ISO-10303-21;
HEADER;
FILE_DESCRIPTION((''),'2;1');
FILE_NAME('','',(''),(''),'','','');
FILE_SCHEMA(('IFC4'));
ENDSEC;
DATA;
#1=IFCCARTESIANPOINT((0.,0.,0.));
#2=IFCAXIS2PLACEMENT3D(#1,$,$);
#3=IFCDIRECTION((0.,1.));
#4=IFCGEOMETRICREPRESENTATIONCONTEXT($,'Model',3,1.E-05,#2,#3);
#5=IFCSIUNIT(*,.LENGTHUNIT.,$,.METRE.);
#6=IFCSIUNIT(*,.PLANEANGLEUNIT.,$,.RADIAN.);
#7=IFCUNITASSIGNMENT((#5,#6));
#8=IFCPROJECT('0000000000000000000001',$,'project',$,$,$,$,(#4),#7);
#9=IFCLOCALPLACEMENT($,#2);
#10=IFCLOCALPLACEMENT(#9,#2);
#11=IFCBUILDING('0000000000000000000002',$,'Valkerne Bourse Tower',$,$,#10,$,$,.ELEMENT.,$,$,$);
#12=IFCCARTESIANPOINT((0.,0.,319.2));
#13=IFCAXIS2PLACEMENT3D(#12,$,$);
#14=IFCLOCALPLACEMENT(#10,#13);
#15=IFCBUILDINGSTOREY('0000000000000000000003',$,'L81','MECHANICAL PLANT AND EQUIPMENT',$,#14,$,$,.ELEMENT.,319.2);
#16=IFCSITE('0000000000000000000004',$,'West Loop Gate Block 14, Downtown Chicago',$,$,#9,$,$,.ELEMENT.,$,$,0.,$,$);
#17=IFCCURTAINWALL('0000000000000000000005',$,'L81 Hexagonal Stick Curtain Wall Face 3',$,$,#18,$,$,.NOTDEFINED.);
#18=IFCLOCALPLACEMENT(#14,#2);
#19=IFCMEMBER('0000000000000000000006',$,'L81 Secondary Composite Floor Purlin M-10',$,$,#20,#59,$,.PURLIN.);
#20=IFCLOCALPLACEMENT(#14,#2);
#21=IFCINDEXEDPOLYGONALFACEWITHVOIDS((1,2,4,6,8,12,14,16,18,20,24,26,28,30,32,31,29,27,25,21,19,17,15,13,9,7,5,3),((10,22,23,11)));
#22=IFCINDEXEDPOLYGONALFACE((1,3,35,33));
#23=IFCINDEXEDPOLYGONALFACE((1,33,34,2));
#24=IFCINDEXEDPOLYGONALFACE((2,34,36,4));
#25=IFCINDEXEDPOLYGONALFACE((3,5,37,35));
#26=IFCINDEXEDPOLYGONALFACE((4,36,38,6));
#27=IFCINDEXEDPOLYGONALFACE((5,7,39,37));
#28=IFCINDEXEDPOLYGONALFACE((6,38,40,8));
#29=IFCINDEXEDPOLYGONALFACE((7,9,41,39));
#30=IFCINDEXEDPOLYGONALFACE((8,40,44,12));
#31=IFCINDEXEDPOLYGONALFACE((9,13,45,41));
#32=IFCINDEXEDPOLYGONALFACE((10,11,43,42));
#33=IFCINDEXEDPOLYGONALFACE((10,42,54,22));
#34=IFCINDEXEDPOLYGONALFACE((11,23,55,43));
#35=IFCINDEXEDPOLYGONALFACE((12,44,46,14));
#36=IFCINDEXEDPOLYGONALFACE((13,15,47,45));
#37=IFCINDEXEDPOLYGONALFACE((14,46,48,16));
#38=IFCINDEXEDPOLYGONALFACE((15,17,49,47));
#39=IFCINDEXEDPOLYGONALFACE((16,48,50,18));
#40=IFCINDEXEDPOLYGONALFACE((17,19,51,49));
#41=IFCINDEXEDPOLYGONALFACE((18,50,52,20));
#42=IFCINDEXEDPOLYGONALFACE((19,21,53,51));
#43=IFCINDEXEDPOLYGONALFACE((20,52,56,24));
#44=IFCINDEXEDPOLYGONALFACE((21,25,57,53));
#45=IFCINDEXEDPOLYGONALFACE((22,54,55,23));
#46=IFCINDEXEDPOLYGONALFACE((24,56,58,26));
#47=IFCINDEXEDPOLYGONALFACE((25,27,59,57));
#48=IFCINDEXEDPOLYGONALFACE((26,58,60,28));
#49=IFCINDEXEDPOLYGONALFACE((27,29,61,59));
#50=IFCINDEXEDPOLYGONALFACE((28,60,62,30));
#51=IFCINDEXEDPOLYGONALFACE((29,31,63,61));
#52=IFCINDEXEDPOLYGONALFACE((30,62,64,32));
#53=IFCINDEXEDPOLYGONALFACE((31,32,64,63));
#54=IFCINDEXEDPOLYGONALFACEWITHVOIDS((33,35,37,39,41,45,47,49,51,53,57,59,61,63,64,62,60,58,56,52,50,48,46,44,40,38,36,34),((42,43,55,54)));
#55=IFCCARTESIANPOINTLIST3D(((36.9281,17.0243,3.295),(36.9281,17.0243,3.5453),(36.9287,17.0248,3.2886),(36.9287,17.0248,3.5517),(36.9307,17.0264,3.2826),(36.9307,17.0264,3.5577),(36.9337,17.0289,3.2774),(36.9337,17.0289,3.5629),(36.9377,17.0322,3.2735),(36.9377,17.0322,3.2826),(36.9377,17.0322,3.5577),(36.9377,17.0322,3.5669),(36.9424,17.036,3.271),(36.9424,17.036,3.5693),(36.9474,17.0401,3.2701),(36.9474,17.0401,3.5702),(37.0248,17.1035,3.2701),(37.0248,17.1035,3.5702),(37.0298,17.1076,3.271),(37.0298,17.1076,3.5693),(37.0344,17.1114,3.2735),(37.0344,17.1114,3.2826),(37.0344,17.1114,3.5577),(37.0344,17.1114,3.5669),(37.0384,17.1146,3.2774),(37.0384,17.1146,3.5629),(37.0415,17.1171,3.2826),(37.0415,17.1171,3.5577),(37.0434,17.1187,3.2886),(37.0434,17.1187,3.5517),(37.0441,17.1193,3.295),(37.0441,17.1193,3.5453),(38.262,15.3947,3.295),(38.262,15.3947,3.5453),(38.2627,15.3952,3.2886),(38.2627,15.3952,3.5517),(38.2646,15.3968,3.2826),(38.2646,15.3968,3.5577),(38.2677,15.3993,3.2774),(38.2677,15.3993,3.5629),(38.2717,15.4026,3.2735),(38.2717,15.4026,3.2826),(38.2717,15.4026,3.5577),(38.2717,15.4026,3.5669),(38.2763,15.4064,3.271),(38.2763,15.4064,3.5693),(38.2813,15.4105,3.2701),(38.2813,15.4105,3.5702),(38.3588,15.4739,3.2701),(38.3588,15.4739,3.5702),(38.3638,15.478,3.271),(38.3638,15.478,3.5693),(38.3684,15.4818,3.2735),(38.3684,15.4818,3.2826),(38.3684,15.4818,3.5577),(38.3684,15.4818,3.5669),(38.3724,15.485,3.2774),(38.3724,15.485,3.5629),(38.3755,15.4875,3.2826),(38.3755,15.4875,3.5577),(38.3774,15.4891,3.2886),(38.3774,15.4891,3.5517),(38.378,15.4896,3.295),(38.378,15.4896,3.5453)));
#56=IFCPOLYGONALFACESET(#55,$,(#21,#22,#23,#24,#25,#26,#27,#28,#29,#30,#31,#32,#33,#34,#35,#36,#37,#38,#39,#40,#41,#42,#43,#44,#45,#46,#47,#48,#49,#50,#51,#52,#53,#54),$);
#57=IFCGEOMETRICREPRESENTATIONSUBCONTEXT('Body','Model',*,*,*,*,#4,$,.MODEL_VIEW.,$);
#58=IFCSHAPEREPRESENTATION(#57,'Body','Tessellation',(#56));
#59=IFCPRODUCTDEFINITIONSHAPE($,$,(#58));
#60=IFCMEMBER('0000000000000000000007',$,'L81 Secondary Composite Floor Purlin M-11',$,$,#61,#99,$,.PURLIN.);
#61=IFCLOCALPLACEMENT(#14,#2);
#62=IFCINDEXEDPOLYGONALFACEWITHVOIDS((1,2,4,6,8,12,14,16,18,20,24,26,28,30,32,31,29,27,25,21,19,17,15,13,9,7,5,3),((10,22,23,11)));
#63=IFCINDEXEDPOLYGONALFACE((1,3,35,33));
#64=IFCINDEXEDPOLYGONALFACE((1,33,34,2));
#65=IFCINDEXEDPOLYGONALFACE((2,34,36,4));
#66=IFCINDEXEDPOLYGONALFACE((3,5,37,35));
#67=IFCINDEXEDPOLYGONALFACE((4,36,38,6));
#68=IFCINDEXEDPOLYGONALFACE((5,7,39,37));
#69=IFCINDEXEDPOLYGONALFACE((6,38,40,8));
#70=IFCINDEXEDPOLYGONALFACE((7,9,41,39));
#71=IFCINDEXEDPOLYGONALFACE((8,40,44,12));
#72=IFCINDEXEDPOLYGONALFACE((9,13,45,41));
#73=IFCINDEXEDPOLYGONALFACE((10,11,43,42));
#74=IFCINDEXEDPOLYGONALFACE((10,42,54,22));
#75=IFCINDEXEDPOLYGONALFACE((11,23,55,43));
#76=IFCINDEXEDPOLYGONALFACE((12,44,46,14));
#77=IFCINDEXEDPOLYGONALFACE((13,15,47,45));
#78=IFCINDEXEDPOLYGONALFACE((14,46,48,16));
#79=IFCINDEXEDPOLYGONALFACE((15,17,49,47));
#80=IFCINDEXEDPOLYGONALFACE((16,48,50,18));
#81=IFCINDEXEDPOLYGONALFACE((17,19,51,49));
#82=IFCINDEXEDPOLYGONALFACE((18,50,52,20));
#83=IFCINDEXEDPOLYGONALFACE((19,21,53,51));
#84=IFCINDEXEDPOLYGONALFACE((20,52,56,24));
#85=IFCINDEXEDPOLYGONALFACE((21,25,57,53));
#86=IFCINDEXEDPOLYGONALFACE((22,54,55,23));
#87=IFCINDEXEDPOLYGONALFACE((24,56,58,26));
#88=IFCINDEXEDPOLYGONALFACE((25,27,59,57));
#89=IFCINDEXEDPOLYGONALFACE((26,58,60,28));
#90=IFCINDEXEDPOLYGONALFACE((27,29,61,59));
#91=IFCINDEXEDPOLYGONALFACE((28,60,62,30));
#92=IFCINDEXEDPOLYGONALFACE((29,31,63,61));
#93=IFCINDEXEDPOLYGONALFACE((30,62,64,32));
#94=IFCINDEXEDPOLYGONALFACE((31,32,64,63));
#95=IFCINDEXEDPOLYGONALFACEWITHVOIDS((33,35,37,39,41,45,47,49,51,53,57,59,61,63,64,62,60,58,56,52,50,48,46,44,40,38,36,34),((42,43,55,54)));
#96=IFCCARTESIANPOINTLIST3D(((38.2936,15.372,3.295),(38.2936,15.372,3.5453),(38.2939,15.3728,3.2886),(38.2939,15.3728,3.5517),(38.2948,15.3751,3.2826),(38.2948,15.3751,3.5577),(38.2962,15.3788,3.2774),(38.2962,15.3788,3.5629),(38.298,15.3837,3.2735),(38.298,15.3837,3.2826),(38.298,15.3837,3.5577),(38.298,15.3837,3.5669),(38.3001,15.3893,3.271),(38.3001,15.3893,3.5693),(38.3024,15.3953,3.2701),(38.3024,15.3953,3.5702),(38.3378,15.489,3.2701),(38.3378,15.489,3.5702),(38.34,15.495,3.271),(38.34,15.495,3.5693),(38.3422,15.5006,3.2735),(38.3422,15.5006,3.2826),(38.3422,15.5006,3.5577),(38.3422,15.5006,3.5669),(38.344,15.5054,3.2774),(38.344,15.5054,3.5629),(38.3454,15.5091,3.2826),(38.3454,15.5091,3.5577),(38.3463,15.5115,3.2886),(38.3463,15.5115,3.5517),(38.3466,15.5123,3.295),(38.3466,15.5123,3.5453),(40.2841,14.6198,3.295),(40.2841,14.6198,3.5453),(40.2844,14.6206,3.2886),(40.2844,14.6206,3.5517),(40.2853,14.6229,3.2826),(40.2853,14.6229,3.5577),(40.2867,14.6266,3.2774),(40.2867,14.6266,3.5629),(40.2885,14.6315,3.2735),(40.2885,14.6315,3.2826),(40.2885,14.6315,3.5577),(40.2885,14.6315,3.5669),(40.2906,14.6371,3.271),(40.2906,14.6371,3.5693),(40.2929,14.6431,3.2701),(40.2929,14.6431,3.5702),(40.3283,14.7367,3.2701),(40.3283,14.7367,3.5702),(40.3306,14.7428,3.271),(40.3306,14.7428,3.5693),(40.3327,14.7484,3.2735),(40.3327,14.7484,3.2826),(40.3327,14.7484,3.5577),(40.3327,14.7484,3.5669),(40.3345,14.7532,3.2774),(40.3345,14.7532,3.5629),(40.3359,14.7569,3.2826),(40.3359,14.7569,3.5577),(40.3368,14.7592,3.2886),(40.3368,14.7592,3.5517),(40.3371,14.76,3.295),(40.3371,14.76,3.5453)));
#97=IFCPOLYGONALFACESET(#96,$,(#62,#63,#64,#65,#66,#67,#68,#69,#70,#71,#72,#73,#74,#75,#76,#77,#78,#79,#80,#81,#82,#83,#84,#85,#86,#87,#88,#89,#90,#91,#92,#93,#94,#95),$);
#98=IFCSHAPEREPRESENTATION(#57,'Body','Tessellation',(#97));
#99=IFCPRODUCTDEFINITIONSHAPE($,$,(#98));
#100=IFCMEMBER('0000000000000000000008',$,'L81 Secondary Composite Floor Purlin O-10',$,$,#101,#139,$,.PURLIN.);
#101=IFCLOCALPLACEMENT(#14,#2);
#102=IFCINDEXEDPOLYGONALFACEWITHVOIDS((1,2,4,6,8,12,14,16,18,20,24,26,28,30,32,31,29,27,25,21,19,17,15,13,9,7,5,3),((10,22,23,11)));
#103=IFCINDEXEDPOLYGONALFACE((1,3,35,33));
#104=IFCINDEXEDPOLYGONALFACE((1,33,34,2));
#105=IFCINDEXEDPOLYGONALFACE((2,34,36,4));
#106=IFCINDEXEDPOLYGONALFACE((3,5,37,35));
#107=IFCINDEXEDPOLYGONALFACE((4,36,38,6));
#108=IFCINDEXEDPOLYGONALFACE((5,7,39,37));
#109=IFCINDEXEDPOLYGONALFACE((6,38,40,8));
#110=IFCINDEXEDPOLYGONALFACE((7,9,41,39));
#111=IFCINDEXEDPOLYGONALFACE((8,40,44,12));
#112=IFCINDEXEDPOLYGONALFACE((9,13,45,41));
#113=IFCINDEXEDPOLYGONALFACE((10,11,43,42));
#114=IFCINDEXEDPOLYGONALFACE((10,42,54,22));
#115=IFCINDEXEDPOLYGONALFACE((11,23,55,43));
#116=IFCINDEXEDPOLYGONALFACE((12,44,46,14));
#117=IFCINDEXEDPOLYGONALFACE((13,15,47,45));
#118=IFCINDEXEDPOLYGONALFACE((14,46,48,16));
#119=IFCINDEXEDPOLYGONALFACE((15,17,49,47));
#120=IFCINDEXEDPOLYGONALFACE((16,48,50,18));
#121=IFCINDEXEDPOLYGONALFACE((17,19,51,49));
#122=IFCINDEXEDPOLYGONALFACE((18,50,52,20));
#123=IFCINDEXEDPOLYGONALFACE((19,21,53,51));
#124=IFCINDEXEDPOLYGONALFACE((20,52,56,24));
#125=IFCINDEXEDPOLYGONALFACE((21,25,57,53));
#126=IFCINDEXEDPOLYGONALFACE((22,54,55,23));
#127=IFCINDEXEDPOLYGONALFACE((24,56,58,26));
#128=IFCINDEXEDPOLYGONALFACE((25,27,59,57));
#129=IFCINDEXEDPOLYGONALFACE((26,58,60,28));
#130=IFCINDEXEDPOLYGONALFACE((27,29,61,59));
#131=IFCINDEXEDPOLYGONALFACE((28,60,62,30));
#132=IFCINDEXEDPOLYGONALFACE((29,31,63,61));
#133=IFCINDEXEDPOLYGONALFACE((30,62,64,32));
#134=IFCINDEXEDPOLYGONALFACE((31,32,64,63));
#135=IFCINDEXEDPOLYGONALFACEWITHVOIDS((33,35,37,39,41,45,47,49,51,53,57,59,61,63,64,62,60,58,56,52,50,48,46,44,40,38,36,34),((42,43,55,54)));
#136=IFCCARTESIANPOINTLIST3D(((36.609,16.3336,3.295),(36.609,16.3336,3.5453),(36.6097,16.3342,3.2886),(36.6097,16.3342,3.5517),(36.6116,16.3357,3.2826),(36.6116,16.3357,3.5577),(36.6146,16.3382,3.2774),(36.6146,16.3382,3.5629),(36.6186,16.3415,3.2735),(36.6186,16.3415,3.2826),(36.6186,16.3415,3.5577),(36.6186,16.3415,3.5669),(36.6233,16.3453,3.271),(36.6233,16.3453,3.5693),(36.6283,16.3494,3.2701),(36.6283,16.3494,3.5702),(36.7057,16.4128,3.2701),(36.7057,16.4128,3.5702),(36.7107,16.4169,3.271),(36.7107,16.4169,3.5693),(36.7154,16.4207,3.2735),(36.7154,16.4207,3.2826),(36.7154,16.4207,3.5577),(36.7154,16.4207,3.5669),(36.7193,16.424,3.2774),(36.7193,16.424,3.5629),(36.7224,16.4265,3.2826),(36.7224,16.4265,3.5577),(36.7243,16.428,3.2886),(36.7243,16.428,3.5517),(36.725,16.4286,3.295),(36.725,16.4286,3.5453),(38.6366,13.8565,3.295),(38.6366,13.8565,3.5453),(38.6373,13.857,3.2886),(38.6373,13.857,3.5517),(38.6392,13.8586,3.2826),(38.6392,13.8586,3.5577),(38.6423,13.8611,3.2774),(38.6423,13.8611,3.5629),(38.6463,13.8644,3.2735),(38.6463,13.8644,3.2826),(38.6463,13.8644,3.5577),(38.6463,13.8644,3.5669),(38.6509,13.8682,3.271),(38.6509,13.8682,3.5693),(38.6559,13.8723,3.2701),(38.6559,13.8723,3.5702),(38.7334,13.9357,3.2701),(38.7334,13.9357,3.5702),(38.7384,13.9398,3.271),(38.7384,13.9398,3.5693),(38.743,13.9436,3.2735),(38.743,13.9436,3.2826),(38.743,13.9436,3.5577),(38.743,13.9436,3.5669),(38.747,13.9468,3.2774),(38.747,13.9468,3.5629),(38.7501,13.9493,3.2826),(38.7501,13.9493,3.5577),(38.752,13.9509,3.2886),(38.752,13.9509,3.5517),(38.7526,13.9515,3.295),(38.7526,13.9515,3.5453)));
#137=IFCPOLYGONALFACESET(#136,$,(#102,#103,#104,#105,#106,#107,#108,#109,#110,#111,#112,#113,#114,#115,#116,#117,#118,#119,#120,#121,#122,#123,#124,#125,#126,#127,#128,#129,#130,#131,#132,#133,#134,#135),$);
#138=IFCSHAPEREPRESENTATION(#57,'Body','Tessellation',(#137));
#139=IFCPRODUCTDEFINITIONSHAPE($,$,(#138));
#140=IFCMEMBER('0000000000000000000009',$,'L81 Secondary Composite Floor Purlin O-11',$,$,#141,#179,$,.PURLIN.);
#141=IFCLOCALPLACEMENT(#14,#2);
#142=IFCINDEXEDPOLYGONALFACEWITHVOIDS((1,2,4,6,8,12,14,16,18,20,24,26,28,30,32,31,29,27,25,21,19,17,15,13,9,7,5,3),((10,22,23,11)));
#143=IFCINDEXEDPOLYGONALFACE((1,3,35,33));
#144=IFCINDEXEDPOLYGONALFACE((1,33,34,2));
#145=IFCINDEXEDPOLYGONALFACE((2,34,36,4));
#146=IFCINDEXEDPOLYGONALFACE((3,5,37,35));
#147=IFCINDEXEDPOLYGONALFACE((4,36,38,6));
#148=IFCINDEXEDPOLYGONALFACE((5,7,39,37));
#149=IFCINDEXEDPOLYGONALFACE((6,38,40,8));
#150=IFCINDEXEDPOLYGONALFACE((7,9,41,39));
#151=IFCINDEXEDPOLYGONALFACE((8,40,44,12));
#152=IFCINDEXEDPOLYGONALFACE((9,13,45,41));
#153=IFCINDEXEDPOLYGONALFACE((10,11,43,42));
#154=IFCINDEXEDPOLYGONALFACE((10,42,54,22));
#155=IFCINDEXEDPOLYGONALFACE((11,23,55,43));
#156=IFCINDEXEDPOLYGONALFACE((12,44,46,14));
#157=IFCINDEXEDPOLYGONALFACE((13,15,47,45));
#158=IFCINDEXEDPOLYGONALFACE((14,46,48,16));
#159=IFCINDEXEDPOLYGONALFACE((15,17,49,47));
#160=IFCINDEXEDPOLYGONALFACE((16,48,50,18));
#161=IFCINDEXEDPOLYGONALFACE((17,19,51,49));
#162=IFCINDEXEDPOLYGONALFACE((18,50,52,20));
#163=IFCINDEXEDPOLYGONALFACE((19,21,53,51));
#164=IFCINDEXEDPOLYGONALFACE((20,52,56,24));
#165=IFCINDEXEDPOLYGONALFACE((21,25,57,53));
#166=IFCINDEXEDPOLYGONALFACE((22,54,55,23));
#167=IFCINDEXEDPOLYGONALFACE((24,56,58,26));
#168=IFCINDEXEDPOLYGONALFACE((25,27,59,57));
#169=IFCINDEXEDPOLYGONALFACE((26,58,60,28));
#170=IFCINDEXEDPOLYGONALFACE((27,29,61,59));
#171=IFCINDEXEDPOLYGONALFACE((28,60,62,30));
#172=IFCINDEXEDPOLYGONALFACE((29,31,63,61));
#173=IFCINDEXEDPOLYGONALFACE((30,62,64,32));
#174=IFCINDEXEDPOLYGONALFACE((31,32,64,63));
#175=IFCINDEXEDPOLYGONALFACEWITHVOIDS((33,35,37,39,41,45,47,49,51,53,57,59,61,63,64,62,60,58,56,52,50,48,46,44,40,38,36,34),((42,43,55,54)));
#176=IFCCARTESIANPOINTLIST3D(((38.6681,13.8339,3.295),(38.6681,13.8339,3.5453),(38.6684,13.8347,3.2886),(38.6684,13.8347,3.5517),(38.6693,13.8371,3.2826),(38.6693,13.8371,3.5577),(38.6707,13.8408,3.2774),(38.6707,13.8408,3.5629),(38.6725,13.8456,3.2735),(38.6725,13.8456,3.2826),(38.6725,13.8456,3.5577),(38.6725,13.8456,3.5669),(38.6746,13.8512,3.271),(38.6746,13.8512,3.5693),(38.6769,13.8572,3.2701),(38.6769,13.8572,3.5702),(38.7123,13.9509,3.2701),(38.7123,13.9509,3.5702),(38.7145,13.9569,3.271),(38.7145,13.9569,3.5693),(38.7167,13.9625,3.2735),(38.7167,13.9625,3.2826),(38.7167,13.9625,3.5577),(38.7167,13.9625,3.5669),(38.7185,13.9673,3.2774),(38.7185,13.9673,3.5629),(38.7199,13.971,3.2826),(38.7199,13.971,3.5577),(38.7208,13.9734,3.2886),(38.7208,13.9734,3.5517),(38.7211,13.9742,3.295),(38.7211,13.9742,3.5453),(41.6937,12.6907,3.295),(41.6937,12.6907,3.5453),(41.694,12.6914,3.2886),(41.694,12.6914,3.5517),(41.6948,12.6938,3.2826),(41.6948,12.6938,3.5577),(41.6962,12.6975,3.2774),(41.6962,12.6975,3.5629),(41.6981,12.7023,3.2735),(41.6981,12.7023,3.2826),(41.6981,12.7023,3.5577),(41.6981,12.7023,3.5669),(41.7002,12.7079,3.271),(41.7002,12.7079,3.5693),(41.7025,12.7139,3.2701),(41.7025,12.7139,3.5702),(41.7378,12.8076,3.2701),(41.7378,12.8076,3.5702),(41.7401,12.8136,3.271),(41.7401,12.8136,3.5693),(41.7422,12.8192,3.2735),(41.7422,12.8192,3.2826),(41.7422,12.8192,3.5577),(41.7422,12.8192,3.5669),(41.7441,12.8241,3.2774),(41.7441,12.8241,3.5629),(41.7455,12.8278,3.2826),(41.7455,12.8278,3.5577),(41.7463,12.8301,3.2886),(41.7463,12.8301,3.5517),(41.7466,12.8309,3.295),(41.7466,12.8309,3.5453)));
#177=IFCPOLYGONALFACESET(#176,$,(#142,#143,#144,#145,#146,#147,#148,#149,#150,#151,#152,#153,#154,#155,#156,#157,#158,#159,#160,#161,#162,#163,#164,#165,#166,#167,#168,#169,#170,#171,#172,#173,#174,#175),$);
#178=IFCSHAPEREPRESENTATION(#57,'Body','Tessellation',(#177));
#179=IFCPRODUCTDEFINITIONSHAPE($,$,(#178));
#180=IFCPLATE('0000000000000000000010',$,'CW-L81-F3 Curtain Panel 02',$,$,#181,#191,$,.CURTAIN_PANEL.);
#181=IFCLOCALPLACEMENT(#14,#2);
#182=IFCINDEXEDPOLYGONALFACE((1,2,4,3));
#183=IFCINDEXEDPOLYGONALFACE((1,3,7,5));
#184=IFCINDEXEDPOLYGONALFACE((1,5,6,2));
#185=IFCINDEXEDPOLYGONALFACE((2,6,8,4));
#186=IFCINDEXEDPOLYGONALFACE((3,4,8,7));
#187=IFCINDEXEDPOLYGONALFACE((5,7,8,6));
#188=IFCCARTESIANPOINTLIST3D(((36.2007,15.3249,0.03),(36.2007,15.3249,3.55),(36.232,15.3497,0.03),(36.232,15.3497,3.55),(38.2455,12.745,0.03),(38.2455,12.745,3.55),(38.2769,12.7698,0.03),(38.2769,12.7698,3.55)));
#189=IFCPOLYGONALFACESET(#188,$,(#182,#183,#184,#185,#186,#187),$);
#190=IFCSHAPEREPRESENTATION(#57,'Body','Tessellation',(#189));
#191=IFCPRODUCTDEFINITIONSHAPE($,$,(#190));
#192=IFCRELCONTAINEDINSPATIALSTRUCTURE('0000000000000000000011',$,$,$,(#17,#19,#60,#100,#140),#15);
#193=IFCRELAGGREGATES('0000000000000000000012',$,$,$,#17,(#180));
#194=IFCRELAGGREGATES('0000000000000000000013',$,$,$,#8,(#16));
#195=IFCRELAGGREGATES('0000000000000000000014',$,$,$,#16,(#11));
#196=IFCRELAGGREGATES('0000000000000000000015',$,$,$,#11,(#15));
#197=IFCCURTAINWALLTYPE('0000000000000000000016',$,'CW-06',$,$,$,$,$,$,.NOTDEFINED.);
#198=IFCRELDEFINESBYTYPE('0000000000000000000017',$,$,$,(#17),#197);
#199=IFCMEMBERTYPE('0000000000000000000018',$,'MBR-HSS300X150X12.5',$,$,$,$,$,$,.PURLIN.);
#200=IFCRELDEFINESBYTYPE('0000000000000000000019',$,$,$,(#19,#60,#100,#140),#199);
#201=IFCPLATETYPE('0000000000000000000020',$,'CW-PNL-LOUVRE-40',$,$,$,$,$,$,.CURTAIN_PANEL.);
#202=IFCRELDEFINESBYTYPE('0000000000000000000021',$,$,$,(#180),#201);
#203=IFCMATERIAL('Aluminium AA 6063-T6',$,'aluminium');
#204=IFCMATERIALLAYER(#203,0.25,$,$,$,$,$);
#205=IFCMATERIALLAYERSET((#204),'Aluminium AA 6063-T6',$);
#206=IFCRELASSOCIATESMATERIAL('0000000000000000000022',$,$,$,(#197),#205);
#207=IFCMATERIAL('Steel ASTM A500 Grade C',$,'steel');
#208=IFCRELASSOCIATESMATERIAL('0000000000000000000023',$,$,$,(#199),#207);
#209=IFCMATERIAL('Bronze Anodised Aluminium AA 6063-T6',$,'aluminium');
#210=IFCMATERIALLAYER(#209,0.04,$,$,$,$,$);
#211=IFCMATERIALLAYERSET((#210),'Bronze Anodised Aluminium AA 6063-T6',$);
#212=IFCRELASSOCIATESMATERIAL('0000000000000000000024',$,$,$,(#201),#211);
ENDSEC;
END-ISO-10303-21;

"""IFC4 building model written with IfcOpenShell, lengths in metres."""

from ifc_helpers import new_model, si_unit, direction, frame, origin, origin_2d, place, context, subcontext, project, spatial, rectangle, hollow_rectangle, extrude, material, layer, layer_set, material_profile, profile_set, type_object, element, aggregate, save


model = new_model("IFC4")

# Units and contexts
model_context = context("Model", 3, precision=1e-05, world=origin(), true_north=direction((0.0, 1.0)))
body_context = subcontext(model_context, "Body", "Model", "MODEL_VIEW")
ifc_project = project(units=[si_unit("LENGTHUNIT", "METRE"), si_unit("PLANEANGLEUNIT", "RADIAN")], contexts=[model_context])

# Site, building, storey
site_placement = place(None, origin())
site = spatial("IfcSite", under=ifc_project, at=site_placement, Name="West Loop Gate Block 14, Downtown Chicago", CompositionType="ELEMENT", RefElevation=0.0)
building_placement = place(site_placement, origin())
building = spatial("IfcBuilding", under=site, at=building_placement, Name="Valkerne Bourse Tower", CompositionType="ELEMENT")
storey_placement = place(building_placement, frame((0.0, 0.0, 319.2)))
storey = spatial("IfcBuildingStorey", under=building, at=storey_placement, Name="L81", Description="MECHANICAL PLANT AND EQUIPMENT", CompositionType="ELEMENT", Elevation=319.2)

# Shared definitions
ifc_material_1 = material(Name="Steel ASTM A500 Grade C", Category="steel")

# Curtain wall
ifc_material_2 = material(Name="Aluminium AA 6063-T6", Category="aluminium")
ifc_layer_1 = layer(ifc_material_2, 0.25)
ifc_layer_set_1 = layer_set([ifc_layer_1], Name="Aluminium AA 6063-T6")
curtain_wall_type = type_object("IfcCurtainWallType", Name="CW-06", PredefinedType="NOTDEFINED", material=ifc_layer_set_1)
curtain_wall_1_placement = place(storey_placement, origin())
curtain_wall_1 = element("IfcCurtainWall", 1, at=curtain_wall_1_placement, inside=storey, type_object=curtain_wall_type, Name="L81 Hexagonal Stick Curtain Wall Face 3", PredefinedType="NOTDEFINED")

# Members
ifc_material_profile_1 = material_profile(ifc_material_1, hollow_rectangle(XDim=0.1499, YDim=0.3, WallThickness=0.0125, OuterFilletRadius=0.0249, at=origin_2d()), Name="HSS300X150X12.5")
ifc_profile_set_1 = profile_set([ifc_material_profile_1], Name="Steel ASTM A500 Grade C")
member_type_1 = type_object("IfcMemberType", Name="MBR-HSS300X150X12.5", PredefinedType="PURLIN", material=ifc_profile_set_1)
for number, where, z_axis, x_axis, name in (
    (2, (36.9861, 17.0718, 3.4202), (0.633421, -0.773807, 0.0), (0.773807, 0.633421, 0.0), "L81 Secondary Composite Floor Purlin M-10"),
):
    element("IfcMember", number, at=place(storey_placement, frame(where, z_axis=z_axis, x_axis=x_axis)), inside=storey, type_object=member_type_1, Name=name, PredefinedType="PURLIN", context=body_context, shape_type="SweptSolid", body=[
        extrude(hollow_rectangle(XDim=0.1499, YDim=0.3, WallThickness=0.0125, OuterFilletRadius=0.0249, at=origin_2d()), origin(), (0.0, 0.0, 1.0), 2.106),
    ])
member_1_placement = place(storey_placement, frame((38.3201, 15.4421, 3.4202), z_axis=(0.935435, -0.353499, 0.0), x_axis=(0.353499, 0.935435, 0.0)))
element("IfcMember", 3, at=member_1_placement, inside=storey, type_object=member_type_1, Name="L81 Secondary Composite Floor Purlin M-11", PredefinedType="PURLIN", context=body_context, shape_type="SweptSolid", body=[
    extrude(hollow_rectangle(XDim=0.1499, YDim=0.3, WallThickness=0.0125, OuterFilletRadius=0.0249, at=origin_2d()), origin(), (0.0, 0.0, 1.0), 2.1279),
])
member_2_placement = place(storey_placement, frame((36.667, 16.3811, 3.4202), z_axis=(0.633408, -0.773818, 0.0), x_axis=(0.773818, 0.633408, 0.0)))
element("IfcMember", 4, at=member_2_placement, inside=storey, type_object=member_type_1, Name="L81 Secondary Composite Floor Purlin O-10", PredefinedType="PURLIN", context=body_context, shape_type="SweptSolid", body=[
    extrude(hollow_rectangle(XDim=0.1499, YDim=0.3, WallThickness=0.0125, OuterFilletRadius=0.0249, at=origin_2d()), origin(), (0.0, 0.0, 1.0), 3.2012),
])
member_3_placement = place(storey_placement, frame((38.6946, 13.9041, 3.4202), z_axis=(0.935442, -0.35348, 0.0), x_axis=(0.35348, 0.935442, 0.0)))
element("IfcMember", 5, at=member_3_placement, inside=storey, type_object=member_type_1, Name="L81 Secondary Composite Floor Purlin O-11", PredefinedType="PURLIN", context=body_context, shape_type="SweptSolid", body=[
    extrude(hollow_rectangle(XDim=0.1499, YDim=0.3, WallThickness=0.0125, OuterFilletRadius=0.0249, at=origin_2d()), origin(), (0.0, 0.0, 1.0), 3.2344),
])

# Plate
ifc_material_3 = material(Name="Bronze Anodised Aluminium AA 6063-T6", Category="aluminium")
ifc_layer_2 = layer(ifc_material_3, 0.04)
ifc_layer_set_2 = layer_set([ifc_layer_2], Name="Bronze Anodised Aluminium AA 6063-T6")
plate_type = type_object("IfcPlateType", Name="CW-PNL-LOUVRE-40", PredefinedType="CURTAIN_PANEL", material=ifc_layer_set_2)
plate_1_placement = place(storey_placement, frame((37.2388, 14.0474, 0.03), z_axis=(0.0, 0.0, 1.0), x_axis=(0.621153, -0.783689, 0.0)))
plate_1 = element("IfcPlate", 6, at=plate_1_placement, type_object=plate_type, Name="CW-L81-F3 Curtain Panel 02", PredefinedType="CURTAIN_PANEL", context=body_context, shape_type="SweptSolid", body=[
    extrude(rectangle(XDim=3.292, YDim=0.04, at=origin_2d()), origin(), (0.0, 0.0, 1.0), 3.52),
])
aggregate(curtain_wall_1, [plate_1])

save(model, "model.ifc")
